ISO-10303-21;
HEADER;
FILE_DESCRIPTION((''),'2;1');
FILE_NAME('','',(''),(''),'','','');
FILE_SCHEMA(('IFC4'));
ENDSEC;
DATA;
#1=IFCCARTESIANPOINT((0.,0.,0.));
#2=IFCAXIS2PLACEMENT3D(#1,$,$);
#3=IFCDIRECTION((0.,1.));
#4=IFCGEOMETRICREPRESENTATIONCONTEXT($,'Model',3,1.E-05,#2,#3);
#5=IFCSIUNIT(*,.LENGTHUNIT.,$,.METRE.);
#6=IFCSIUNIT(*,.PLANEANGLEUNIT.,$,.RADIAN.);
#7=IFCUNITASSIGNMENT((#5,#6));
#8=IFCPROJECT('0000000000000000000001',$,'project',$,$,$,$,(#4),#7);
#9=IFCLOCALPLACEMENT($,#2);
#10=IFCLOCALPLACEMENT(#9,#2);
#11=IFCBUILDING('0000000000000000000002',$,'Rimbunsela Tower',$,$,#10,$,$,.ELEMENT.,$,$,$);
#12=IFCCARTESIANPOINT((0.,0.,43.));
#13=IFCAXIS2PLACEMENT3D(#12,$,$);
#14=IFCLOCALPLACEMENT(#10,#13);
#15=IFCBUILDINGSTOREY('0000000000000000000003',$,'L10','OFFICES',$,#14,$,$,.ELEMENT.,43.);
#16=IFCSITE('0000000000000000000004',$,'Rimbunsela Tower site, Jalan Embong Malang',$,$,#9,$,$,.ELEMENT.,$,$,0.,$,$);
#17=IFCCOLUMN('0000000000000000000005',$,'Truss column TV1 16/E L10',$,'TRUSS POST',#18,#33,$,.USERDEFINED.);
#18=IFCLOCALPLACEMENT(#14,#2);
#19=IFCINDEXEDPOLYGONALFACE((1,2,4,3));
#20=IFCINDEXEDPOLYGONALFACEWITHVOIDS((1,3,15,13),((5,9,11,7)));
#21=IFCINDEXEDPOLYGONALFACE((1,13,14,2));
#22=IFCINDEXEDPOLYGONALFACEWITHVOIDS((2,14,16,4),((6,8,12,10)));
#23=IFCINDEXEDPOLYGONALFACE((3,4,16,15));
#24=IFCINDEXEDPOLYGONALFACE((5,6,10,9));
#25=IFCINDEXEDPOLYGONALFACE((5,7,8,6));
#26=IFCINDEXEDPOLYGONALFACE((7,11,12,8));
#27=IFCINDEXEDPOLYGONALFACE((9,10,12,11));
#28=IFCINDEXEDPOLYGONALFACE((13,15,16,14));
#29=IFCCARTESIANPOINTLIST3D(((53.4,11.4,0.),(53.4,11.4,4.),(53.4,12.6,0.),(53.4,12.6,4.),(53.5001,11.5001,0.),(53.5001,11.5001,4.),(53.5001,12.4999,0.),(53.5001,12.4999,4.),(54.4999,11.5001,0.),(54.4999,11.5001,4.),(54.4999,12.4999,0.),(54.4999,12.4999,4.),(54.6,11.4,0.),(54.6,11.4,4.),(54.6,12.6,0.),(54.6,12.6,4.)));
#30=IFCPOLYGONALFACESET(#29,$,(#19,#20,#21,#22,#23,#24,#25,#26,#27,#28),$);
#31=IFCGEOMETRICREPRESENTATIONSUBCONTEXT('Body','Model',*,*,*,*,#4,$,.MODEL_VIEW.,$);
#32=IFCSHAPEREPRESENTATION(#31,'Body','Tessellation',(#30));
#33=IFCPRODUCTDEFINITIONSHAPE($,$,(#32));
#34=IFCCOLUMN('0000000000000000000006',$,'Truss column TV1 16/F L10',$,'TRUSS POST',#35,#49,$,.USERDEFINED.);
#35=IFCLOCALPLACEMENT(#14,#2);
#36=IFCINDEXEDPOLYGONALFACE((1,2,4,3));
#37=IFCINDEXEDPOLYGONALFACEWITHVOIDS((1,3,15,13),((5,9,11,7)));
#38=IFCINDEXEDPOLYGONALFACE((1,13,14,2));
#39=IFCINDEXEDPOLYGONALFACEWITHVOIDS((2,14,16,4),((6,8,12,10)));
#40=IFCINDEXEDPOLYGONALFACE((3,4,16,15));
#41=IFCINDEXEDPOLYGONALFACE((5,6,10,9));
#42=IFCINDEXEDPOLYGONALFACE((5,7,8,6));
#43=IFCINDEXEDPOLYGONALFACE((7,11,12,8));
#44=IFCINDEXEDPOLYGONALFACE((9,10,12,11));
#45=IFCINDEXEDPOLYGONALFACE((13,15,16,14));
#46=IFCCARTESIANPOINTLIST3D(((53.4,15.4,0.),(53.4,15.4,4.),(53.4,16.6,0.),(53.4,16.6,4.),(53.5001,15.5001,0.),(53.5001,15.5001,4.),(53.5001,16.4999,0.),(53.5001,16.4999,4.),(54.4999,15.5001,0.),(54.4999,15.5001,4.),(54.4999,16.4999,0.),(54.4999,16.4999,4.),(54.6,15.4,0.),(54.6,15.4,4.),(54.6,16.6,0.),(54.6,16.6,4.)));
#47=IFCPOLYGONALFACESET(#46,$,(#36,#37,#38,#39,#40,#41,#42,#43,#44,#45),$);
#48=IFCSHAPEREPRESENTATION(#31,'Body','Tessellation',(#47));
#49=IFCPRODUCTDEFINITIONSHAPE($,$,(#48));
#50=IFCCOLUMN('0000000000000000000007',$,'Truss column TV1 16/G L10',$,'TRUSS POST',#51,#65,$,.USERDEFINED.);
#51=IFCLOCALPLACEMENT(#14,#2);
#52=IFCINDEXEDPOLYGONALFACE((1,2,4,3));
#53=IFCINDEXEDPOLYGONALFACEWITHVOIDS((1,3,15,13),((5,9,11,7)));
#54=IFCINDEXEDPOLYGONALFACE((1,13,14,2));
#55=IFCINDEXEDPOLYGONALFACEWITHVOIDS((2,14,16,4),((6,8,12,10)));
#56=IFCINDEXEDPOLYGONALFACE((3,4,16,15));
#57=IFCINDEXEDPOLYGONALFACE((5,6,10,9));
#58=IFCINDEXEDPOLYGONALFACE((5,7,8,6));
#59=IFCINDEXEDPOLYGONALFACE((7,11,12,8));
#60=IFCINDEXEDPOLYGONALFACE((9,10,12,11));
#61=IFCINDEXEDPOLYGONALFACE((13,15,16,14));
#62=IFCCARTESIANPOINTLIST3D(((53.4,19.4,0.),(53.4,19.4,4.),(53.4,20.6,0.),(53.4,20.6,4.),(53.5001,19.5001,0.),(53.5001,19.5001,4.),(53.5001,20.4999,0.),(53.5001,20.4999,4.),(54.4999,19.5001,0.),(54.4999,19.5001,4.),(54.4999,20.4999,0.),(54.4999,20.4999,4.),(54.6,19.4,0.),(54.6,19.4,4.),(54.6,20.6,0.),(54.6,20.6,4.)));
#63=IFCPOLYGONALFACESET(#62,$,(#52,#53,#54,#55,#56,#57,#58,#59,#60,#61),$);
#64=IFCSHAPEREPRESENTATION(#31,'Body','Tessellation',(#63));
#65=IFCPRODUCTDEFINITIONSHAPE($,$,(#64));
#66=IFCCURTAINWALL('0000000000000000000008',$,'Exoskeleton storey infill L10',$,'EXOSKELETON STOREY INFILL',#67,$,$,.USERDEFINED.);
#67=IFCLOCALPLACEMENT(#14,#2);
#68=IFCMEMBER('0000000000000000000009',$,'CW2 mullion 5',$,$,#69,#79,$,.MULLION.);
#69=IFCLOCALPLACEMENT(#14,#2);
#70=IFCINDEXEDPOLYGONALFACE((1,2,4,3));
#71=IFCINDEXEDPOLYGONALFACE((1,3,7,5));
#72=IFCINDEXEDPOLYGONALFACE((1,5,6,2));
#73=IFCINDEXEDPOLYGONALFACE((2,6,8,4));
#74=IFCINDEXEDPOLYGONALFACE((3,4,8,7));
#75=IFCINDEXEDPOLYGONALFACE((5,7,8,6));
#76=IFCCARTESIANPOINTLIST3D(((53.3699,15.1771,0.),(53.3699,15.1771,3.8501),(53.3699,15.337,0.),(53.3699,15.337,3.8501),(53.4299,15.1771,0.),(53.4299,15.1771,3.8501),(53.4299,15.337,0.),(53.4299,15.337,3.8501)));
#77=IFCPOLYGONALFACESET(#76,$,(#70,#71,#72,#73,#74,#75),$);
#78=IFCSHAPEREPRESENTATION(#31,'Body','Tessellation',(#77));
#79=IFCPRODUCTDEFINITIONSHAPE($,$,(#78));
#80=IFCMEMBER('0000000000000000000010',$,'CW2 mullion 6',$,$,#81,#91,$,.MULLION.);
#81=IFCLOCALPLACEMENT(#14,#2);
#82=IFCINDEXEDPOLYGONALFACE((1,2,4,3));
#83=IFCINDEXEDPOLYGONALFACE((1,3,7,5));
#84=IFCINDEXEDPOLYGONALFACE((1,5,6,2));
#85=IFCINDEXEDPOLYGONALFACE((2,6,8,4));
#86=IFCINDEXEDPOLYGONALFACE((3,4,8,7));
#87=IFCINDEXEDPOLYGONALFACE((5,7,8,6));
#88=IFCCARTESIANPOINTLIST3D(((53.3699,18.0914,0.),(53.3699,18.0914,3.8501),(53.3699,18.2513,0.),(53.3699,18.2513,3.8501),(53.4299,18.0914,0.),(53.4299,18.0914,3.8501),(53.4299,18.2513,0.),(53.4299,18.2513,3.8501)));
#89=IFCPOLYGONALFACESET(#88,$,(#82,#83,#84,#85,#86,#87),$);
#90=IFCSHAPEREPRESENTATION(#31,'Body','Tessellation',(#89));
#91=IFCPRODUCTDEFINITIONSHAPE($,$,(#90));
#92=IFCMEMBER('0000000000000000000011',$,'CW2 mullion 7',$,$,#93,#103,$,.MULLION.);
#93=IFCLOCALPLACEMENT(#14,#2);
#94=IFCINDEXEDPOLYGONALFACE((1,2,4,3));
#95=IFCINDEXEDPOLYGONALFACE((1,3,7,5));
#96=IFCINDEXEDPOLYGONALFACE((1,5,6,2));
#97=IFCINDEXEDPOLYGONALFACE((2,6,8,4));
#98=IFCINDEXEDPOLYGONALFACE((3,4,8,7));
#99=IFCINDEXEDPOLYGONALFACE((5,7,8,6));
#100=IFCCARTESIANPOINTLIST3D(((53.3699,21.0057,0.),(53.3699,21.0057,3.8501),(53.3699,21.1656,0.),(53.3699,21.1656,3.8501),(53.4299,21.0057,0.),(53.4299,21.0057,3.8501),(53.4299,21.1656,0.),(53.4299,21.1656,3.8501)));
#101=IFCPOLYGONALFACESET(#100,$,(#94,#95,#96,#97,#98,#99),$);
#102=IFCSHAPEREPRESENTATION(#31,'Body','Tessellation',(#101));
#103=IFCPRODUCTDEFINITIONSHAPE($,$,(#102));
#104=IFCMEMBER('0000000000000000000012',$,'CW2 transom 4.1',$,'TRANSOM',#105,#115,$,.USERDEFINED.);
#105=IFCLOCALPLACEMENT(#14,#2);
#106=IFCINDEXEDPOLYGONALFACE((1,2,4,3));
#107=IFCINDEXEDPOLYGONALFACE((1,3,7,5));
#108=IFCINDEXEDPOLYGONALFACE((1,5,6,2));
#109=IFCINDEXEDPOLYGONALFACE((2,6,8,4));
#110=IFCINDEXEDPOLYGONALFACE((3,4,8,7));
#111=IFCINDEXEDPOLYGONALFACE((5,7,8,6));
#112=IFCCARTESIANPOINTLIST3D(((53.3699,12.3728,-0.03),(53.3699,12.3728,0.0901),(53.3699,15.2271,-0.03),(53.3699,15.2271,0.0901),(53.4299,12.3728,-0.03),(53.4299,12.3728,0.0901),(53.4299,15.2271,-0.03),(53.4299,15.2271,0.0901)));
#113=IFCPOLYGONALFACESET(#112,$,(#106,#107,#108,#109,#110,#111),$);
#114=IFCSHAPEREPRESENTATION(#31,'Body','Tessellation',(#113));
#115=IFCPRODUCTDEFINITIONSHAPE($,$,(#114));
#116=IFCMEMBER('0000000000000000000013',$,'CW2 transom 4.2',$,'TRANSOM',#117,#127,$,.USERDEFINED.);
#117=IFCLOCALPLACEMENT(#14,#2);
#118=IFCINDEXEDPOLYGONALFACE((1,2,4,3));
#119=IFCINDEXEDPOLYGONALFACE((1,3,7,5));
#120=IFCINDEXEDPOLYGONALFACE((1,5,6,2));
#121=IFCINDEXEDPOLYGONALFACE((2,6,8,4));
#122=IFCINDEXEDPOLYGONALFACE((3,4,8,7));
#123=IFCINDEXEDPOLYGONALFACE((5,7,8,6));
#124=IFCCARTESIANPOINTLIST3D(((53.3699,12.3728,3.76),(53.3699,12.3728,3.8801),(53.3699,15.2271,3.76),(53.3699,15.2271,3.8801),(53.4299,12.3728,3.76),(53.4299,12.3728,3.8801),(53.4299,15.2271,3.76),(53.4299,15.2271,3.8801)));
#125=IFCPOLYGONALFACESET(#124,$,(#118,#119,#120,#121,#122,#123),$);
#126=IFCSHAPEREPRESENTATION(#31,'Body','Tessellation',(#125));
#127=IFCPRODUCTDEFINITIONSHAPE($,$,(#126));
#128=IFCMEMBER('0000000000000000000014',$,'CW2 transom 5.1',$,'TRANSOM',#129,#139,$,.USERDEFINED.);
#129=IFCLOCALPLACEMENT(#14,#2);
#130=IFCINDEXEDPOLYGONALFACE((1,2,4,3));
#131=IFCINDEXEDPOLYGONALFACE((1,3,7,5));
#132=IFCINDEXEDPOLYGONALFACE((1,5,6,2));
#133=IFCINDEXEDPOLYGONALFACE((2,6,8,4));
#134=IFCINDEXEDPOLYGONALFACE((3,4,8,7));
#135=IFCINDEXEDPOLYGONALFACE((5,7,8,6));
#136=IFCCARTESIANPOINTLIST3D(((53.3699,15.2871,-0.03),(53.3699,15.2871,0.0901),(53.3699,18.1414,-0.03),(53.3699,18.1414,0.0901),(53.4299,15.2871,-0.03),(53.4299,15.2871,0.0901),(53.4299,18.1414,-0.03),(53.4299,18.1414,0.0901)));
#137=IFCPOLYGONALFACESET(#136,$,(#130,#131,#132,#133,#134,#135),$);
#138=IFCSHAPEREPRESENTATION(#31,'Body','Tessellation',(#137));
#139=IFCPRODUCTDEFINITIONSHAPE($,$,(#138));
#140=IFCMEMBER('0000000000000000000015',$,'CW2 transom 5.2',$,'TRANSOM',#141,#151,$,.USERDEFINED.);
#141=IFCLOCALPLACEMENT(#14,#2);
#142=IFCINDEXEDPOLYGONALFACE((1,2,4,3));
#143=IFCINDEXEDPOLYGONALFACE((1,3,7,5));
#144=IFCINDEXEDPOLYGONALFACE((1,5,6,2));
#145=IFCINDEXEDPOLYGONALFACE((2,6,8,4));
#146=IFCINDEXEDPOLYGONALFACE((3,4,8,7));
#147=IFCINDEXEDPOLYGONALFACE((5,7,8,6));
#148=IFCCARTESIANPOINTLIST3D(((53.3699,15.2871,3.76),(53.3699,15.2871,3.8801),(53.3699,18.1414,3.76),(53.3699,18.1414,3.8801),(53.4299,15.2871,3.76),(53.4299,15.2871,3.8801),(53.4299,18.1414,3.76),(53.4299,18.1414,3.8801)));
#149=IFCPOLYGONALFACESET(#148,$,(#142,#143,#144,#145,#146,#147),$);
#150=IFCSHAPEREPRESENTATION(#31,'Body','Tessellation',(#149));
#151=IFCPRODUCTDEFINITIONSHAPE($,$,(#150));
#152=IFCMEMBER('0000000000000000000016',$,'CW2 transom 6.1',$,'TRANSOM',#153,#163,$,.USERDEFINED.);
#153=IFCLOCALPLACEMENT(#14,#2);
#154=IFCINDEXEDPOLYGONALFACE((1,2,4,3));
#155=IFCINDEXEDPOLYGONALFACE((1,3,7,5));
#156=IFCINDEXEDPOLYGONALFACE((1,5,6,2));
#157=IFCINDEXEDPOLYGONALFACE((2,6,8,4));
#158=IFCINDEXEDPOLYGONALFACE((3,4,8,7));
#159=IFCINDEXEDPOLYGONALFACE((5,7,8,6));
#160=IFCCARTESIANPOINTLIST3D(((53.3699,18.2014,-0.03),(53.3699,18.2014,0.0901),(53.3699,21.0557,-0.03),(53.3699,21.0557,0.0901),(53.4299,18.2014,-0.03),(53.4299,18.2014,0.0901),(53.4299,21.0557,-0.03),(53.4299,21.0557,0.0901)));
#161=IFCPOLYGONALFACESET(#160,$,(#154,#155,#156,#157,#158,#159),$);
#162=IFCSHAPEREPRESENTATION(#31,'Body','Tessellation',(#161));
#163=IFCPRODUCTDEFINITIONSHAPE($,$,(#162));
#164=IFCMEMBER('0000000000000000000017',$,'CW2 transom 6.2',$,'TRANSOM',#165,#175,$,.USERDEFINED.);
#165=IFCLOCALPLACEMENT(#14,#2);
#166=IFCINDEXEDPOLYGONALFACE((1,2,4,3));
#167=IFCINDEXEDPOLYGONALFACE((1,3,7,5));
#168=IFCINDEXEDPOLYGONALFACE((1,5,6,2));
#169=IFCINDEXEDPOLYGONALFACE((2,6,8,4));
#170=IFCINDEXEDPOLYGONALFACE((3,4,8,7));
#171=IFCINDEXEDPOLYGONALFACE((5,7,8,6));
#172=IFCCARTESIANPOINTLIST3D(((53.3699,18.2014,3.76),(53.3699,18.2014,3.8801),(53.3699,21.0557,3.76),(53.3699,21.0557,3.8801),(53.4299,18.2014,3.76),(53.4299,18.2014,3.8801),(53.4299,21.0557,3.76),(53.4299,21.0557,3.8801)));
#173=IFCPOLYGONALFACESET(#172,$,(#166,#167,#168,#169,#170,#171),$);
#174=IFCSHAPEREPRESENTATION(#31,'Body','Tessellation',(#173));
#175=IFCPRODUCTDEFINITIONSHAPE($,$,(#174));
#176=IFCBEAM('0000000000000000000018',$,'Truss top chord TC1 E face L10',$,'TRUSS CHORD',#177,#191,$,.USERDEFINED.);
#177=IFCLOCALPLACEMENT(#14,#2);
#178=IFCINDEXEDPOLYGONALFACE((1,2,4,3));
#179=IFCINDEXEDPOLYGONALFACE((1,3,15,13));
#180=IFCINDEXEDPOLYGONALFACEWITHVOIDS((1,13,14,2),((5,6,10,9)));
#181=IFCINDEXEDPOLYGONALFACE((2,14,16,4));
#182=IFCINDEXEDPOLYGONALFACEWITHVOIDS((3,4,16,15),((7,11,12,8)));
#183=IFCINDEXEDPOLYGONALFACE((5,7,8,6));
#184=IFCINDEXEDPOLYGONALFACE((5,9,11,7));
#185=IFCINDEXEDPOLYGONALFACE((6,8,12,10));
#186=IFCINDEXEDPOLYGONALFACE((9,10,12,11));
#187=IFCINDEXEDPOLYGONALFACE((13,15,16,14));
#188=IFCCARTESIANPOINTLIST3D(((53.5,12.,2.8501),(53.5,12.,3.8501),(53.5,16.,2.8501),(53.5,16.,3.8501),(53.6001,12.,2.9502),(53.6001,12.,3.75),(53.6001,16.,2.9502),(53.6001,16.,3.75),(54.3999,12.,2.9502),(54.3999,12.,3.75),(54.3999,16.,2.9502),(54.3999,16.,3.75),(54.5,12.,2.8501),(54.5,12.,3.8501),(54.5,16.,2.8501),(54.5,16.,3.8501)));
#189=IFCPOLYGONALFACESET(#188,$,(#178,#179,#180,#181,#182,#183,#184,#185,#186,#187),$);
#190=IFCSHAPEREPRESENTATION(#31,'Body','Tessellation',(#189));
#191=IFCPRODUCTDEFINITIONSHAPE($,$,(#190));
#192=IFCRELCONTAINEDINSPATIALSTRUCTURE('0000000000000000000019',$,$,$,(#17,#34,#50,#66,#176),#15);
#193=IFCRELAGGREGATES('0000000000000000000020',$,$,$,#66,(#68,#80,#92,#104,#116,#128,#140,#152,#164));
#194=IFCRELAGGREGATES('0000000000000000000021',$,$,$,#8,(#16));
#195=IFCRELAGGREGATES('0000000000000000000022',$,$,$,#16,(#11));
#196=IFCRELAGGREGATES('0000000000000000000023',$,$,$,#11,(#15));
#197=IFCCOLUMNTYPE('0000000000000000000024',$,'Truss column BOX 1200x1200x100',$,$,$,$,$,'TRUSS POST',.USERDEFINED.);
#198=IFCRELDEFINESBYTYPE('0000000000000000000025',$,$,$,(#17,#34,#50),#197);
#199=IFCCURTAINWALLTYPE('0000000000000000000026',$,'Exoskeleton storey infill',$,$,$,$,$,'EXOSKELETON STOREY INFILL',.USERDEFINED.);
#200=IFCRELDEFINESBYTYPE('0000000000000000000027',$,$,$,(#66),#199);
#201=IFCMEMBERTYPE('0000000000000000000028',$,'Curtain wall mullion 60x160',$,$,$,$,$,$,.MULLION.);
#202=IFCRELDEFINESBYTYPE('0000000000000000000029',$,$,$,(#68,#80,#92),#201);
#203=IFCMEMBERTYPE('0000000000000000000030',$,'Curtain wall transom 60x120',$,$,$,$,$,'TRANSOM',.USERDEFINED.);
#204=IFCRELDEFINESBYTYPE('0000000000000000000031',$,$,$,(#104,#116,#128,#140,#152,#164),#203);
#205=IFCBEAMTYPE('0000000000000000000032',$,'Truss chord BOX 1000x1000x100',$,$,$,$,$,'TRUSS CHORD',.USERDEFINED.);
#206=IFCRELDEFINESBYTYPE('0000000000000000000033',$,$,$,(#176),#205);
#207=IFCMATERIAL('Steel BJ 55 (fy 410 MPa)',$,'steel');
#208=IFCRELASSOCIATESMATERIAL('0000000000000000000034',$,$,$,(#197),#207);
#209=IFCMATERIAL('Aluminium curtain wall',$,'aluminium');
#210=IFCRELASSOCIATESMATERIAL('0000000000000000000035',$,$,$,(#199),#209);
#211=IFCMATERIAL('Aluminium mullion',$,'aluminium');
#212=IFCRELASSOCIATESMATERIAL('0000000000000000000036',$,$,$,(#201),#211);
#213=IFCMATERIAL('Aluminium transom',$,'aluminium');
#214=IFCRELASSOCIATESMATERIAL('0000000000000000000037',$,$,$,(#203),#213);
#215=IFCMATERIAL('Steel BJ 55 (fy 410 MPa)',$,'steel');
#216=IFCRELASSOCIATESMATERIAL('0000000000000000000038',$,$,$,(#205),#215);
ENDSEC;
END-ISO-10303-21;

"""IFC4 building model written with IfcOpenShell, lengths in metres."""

from ifc_helpers import new_model, si_unit, direction, frame, origin, origin_2d, place, context, subcontext, project, spatial, rectangle, hollow_rectangle, extrude, material, material_profile, profile_set, type_object, element, aggregate, save


model = new_model("IFC4")

# Units and contexts
model_context = context("Model", 3, precision=1e-05, world=origin(), true_north=direction((0.0, 1.0)))
body_context = subcontext(model_context, "Body", "Model", "MODEL_VIEW")
ifc_project = project(units=[si_unit("LENGTHUNIT", "METRE"), si_unit("PLANEANGLEUNIT", "RADIAN")], contexts=[model_context])

# Site, building, storey
site_placement = place(None, origin())
site = spatial("IfcSite", under=ifc_project, at=site_placement, Name="Rimbunsela Tower site, Jalan Embong Malang", CompositionType="ELEMENT", RefElevation=0.0)
building_placement = place(site_placement, origin())
building = spatial("IfcBuilding", under=site, at=building_placement, Name="Rimbunsela Tower", CompositionType="ELEMENT")
storey_placement = place(building_placement, frame((0.0, 0.0, 43.0)))
storey = spatial("IfcBuildingStorey", under=building, at=storey_placement, Name="L10", Description="OFFICES", CompositionType="ELEMENT", Elevation=43.0)

# Columns
ifc_material_1 = material(Name="Steel BJ 55 (fy 410 MPa)", Category="steel")
ifc_material_profile_1 = material_profile(ifc_material_1, hollow_rectangle(XDim=1.2, YDim=1.2, WallThickness=0.1001, at=origin_2d()), Name="BOX 1200x1200x100")
ifc_profile_set_1 = profile_set([ifc_material_profile_1], Name="Steel BJ 55 (fy 410 MPa)")
column_type = type_object("IfcColumnType", Name="Truss column BOX 1200x1200x100", ElementType="TRUSS POST", PredefinedType="USERDEFINED", material=ifc_profile_set_1)
for number, where, z_axis, x_axis, name in (
    (1, (54.0, 12.0, 0.0), (0.0, 0.0, 1.0), (1.0, 0.0, 0.0), "Truss column TV1 16/E L10"),
    (2, (54.0, 16.0, 0.0), (0.0, 0.0, 1.0), (1.0, 0.0, 0.0), "Truss column TV1 16/F L10"),
    (3, (54.0, 20.0, 0.0), (0.0, 0.0, 1.0), (1.0, 0.0, 0.0), "Truss column TV1 16/G L10"),
):
    element("IfcColumn", number, at=place(storey_placement, frame(where, z_axis=z_axis, x_axis=x_axis)), inside=storey, type_object=column_type, Name=name, ObjectType="TRUSS POST", PredefinedType="USERDEFINED", context=body_context, shape_type="SweptSolid", body=[
        extrude(hollow_rectangle(XDim=1.2, YDim=1.2, WallThickness=0.1001, at=origin_2d()), origin(), (0.0, 0.0, 1.0), 4.0),
    ])

# Curtain wall, members
ifc_material_2 = material(Name="Aluminium curtain wall", Category="aluminium")
curtain_wall_type = type_object("IfcCurtainWallType", Name="Exoskeleton storey infill", ElementType="EXOSKELETON STOREY INFILL", PredefinedType="USERDEFINED", material=ifc_material_2)
curtain_wall_placement = place(storey_placement, origin())
curtain_wall = element("IfcCurtainWall", 4, at=curtain_wall_placement, inside=storey, type_object=curtain_wall_type, Name="Exoskeleton storey infill L10", ObjectType="EXOSKELETON STOREY INFILL", PredefinedType="USERDEFINED")
ifc_material_3 = material(Name="Aluminium mullion", Category="aluminium")
ifc_material_profile_2 = material_profile(ifc_material_3, rectangle(XDim=0.0601, YDim=0.1599, at=origin_2d()), Name="Mullion 60x160")
ifc_profile_set_2 = profile_set([ifc_material_profile_2], Name="Aluminium mullion")
member_type_1 = type_object("IfcMemberType", Name="Curtain wall mullion 60x160", PredefinedType="MULLION", material=ifc_profile_set_2)
member_1_placement = place(storey_placement, frame((53.3999, 15.2571, 0.0), z_axis=(0.0, 0.0, 1.0), x_axis=(-1.0, 0.0, 0.0)))
member_1 = element("IfcMember", 5, at=member_1_placement, type_object=member_type_1, Name="CW2 mullion 5", PredefinedType="MULLION", context=body_context, shape_type="SweptSolid", body=[
    extrude(rectangle(XDim=0.0601, YDim=0.1599, at=origin_2d()), origin(), (0.0, 0.0, 1.0), 3.8501),
])
member_2_placement = place(storey_placement, frame((53.3999, 18.1714, 0.0), z_axis=(0.0, 0.0, 1.0), x_axis=(-1.0, 0.0, 0.0)))
member_2 = element("IfcMember", 6, at=member_2_placement, type_object=member_type_1, Name="CW2 mullion 6", PredefinedType="MULLION", context=body_context, shape_type="SweptSolid", body=[
    extrude(rectangle(XDim=0.0601, YDim=0.1599, at=origin_2d()), origin(), (0.0, 0.0, 1.0), 3.8501),
])
member_3_placement = place(storey_placement, frame((53.3999, 21.0857, 0.0), z_axis=(0.0, 0.0, 1.0), x_axis=(-1.0, 0.0, 0.0)))
member_3 = element("IfcMember", 7, at=member_3_placement, type_object=member_type_1, Name="CW2 mullion 7", PredefinedType="MULLION", context=body_context, shape_type="SweptSolid", body=[
    extrude(rectangle(XDim=0.0601, YDim=0.1599, at=origin_2d()), origin(), (0.0, 0.0, 1.0), 3.8501),
])
ifc_material_4 = material(Name="Aluminium transom", Category="aluminium")
ifc_material_profile_3 = material_profile(ifc_material_4, rectangle(XDim=0.0601, YDim=0.1201, at=origin_2d()), Name="Transom 60x120")
ifc_profile_set_3 = profile_set([ifc_material_profile_3], Name="Aluminium transom")
member_type_2 = type_object("IfcMemberType", Name="Curtain wall transom 60x120", ElementType="TRANSOM", PredefinedType="USERDEFINED", material=ifc_profile_set_3)
member_4_placement = place(storey_placement, frame((53.3999, 12.3728, 0.03), z_axis=(0.0, 1.0, 0.0), x_axis=(-1.0, 0.0, 0.0)))
member_4 = element("IfcMember", 8, at=member_4_placement, type_object=member_type_2, Name="CW2 transom 4.1", ObjectType="TRANSOM", PredefinedType="USERDEFINED", context=body_context, shape_type="SweptSolid", body=[
    extrude(rectangle(XDim=0.0601, YDim=0.1201, at=origin_2d()), origin(), (0.0, 0.0, 1.0), 2.8542),
])
member_5_placement = place(storey_placement, frame((53.3999, 12.3728, 3.8201), z_axis=(0.0, 1.0, 0.0), x_axis=(-1.0, 0.0, 0.0)))
member_5 = element("IfcMember", 9, at=member_5_placement, type_object=member_type_2, Name="CW2 transom 4.2", ObjectType="TRANSOM", PredefinedType="USERDEFINED", context=body_context, shape_type="SweptSolid", body=[
    extrude(rectangle(XDim=0.0601, YDim=0.1201, at=origin_2d()), origin(), (0.0, 0.0, 1.0), 2.8542),
])
member_6_placement = place(storey_placement, frame((53.3999, 15.2871, 0.03), z_axis=(0.0, 1.0, 0.0), x_axis=(-1.0, 0.0, 0.0)))
member_6 = element("IfcMember", 10, at=member_6_placement, type_object=member_type_2, Name="CW2 transom 5.1", ObjectType="TRANSOM", PredefinedType="USERDEFINED", context=body_context, shape_type="SweptSolid", body=[
    extrude(rectangle(XDim=0.0601, YDim=0.1201, at=origin_2d()), origin(), (0.0, 0.0, 1.0), 2.8542),
])
member_7_placement = place(storey_placement, frame((53.3999, 15.2871, 3.8201), z_axis=(0.0, 1.0, 0.0), x_axis=(-1.0, 0.0, 0.0)))
member_7 = element("IfcMember", 11, at=member_7_placement, type_object=member_type_2, Name="CW2 transom 5.2", ObjectType="TRANSOM", PredefinedType="USERDEFINED", context=body_context, shape_type="SweptSolid", body=[
    extrude(rectangle(XDim=0.0601, YDim=0.1201, at=origin_2d()), origin(), (0.0, 0.0, 1.0), 2.8542),
])
member_8_placement = place(storey_placement, frame((53.3999, 18.2014, 0.03), z_axis=(0.0, 1.0, 0.0), x_axis=(-1.0, 0.0, 0.0)))
member_8 = element("IfcMember", 12, at=member_8_placement, type_object=member_type_2, Name="CW2 transom 6.1", ObjectType="TRANSOM", PredefinedType="USERDEFINED", context=body_context, shape_type="SweptSolid", body=[
    extrude(rectangle(XDim=0.0601, YDim=0.1201, at=origin_2d()), origin(), (0.0, 0.0, 1.0), 2.8542),
])
member_9_placement = place(storey_placement, frame((53.3999, 18.2014, 3.8201), z_axis=(0.0, 1.0, 0.0), x_axis=(-1.0, 0.0, 0.0)))
member_9 = element("IfcMember", 13, at=member_9_placement, type_object=member_type_2, Name="CW2 transom 6.2", ObjectType="TRANSOM", PredefinedType="USERDEFINED", context=body_context, shape_type="SweptSolid", body=[
    extrude(rectangle(XDim=0.0601, YDim=0.1201, at=origin_2d()), origin(), (0.0, 0.0, 1.0), 2.8542),
])

# Beam
ifc_material_5 = material(Name="Steel BJ 55 (fy 410 MPa)", Category="steel")
ifc_material_profile_4 = material_profile(ifc_material_5, hollow_rectangle(XDim=1.0, YDim=1.0, WallThickness=0.1001, at=origin_2d()), Name="BOX 1000x1000x100")
ifc_profile_set_4 = profile_set([ifc_material_profile_4], Name="Steel BJ 55 (fy 410 MPa)")
beam_type = type_object("IfcBeamType", Name="Truss chord BOX 1000x1000x100", ElementType="TRUSS CHORD", PredefinedType="USERDEFINED", material=ifc_profile_set_4)
for number, where, z_axis, x_axis, name in (
    (14, (54.0, 12.0, 3.3501), (0.0, 1.0, 0.0), (-1.0, 0.0, 0.0), "Truss top chord TC1 E face L10"),
):
    element("IfcBeam", number, at=place(storey_placement, frame(where, z_axis=z_axis, x_axis=x_axis)), inside=storey, type_object=beam_type, Name=name, ObjectType="TRUSS CHORD", PredefinedType="USERDEFINED", context=body_context, shape_type="SweptSolid", body=[
        extrude(hollow_rectangle(XDim=1.0, YDim=1.0, WallThickness=0.1001, at=origin_2d()), origin(), (0.0, 0.0, 1.0), 4.0),
    ])

aggregate(curtain_wall, [member_1, member_2, member_3, member_4, member_5, member_6, member_7, member_8, member_9])

save(model, "model.ifc")
